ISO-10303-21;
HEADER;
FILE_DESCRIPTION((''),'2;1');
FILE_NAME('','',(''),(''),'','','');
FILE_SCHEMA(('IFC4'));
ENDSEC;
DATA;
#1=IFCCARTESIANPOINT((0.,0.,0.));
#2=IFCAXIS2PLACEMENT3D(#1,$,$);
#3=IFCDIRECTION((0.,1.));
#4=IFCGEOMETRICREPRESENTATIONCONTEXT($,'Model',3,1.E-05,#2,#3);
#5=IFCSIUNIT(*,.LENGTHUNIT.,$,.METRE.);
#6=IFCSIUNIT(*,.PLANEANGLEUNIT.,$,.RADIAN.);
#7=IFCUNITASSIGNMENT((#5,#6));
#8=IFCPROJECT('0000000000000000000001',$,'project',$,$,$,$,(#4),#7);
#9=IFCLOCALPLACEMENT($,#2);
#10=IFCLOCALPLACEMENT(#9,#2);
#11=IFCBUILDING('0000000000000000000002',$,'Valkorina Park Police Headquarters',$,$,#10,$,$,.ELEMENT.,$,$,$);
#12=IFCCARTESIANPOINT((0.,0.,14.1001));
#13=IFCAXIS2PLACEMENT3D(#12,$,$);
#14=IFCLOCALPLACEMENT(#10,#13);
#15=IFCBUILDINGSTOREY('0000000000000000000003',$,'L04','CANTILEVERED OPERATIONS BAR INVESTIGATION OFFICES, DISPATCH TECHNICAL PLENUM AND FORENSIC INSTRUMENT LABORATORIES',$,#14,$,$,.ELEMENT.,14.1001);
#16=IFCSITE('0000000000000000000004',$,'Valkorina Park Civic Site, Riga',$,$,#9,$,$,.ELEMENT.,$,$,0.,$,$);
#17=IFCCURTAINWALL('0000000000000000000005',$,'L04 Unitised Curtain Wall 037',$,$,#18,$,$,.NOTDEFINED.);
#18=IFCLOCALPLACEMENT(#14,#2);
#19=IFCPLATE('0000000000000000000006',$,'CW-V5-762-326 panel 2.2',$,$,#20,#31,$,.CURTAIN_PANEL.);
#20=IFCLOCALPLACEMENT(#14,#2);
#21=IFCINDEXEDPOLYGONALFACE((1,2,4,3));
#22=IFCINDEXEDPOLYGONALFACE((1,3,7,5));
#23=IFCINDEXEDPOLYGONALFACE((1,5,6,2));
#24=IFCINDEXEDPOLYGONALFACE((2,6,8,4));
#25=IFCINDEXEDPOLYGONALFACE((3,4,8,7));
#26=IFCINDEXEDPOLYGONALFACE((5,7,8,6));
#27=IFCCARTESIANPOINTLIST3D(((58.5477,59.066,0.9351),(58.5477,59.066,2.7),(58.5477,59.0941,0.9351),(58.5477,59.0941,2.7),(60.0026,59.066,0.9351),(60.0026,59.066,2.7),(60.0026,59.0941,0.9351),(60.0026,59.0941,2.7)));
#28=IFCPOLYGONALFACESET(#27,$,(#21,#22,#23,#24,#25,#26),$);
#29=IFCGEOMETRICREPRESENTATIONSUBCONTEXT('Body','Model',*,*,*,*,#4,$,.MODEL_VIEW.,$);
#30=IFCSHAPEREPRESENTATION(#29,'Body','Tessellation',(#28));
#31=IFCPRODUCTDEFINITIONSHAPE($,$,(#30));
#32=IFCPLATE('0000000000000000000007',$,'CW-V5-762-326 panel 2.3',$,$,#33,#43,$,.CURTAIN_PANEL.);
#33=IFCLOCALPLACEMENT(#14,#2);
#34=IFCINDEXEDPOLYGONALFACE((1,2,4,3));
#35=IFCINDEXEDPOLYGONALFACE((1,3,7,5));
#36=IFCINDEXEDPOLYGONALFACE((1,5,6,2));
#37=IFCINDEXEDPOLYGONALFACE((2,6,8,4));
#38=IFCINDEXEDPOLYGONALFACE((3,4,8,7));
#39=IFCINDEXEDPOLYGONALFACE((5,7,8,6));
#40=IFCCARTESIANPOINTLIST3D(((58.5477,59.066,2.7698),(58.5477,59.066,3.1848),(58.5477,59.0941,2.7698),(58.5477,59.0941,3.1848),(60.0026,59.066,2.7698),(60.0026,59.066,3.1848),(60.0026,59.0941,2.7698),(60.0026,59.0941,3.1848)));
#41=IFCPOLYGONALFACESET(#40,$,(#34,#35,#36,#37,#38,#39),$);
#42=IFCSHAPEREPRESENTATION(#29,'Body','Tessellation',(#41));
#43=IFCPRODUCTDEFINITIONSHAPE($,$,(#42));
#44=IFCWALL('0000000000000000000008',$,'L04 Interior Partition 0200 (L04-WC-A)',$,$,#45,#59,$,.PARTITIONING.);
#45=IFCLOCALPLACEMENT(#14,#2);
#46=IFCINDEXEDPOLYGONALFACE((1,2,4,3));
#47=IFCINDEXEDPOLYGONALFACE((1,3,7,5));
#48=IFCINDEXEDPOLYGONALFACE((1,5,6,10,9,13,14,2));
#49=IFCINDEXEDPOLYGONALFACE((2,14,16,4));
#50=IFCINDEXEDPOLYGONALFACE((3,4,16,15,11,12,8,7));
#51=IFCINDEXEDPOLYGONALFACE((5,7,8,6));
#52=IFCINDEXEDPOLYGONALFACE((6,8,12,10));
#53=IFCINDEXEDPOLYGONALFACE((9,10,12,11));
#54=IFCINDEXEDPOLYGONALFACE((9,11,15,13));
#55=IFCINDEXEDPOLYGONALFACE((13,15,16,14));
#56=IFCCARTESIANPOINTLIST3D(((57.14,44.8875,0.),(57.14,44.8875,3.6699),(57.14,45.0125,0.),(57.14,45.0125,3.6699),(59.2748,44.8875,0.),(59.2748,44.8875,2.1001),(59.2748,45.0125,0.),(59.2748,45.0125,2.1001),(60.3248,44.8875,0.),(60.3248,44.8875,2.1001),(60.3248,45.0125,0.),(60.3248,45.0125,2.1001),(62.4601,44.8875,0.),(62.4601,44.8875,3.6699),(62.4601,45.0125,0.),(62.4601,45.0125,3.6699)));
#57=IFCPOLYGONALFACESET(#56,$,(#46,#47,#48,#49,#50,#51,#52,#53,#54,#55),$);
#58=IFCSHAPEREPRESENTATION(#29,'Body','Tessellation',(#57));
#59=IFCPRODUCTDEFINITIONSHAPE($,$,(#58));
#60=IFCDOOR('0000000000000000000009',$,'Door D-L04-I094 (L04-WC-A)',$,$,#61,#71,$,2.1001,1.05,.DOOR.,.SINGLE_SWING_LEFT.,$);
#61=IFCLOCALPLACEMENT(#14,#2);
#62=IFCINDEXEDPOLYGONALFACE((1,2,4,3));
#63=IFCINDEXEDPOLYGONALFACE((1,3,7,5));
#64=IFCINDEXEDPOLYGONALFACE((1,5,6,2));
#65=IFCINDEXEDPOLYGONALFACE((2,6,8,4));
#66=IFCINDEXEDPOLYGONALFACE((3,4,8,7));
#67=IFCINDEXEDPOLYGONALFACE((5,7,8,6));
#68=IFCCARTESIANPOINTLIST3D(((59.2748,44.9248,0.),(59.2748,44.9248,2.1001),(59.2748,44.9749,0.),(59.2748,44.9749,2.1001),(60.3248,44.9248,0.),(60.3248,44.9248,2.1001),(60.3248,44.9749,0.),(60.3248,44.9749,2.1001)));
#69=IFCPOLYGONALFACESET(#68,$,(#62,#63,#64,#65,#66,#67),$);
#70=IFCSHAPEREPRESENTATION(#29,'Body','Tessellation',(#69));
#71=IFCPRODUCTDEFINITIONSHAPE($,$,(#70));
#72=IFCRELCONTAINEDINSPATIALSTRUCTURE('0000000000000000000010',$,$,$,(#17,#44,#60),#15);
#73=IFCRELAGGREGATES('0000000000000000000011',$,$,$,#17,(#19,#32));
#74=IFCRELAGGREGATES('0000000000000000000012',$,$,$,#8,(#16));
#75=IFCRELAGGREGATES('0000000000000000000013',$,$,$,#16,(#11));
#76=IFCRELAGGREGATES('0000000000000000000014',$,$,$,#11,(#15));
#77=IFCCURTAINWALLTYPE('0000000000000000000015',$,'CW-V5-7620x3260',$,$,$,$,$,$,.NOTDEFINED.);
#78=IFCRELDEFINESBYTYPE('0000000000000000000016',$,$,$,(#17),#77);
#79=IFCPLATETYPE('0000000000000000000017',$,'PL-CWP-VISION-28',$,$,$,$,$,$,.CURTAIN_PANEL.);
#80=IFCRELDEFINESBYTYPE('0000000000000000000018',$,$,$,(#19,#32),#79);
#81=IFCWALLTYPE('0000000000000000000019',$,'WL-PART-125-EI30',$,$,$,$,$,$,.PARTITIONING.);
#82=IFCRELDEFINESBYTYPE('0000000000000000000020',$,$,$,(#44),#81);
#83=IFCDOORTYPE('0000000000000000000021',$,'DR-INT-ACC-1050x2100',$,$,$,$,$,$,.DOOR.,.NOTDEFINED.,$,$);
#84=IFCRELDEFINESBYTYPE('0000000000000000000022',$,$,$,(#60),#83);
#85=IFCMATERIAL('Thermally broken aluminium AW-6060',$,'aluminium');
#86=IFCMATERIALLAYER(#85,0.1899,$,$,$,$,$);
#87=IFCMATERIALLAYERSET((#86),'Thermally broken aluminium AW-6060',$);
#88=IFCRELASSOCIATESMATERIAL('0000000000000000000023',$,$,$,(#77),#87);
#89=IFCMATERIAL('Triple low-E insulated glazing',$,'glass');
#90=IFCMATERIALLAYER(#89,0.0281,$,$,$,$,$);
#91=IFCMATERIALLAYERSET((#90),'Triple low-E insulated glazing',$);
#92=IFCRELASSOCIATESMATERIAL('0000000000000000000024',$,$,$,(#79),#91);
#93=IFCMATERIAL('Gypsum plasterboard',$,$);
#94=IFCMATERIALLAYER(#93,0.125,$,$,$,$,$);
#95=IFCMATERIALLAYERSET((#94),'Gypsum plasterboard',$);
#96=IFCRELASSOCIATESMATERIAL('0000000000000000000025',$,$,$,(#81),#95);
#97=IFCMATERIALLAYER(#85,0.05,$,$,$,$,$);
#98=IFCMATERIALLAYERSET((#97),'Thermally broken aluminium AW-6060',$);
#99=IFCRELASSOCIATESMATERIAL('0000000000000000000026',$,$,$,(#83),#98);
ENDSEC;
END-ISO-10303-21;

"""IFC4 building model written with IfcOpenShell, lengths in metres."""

from ifc_helpers import new_model, si_unit, direction, frame, frame_2d, origin, origin_2d, place, context, subcontext, project, spatial, rectangle, extrude, material, layer, layer_set, type_object, element, fill, aggregate, save


model = new_model("IFC4")

# Units and contexts
model_context = context("Model", 3, precision=1e-05, world=origin(), true_north=direction((0.0, 1.0)))
body_context = subcontext(model_context, "Body", "Model", "MODEL_VIEW")
ifc_project = project(units=[si_unit("LENGTHUNIT", "METRE"), si_unit("PLANEANGLEUNIT", "RADIAN")], contexts=[model_context])

# Site, building, storey
site_placement = place(None, origin())
site = spatial("IfcSite", under=ifc_project, at=site_placement, Name="Valkorina Park Civic Site, Riga", CompositionType="ELEMENT", RefElevation=0.0)
building_placement = place(site_placement, origin())
building = spatial("IfcBuilding", under=site, at=building_placement, Name="Valkorina Park Police Headquarters", CompositionType="ELEMENT")
storey_placement = place(building_placement, frame((0.0, 0.0, 14.1001)))
storey = spatial("IfcBuildingStorey", under=building, at=storey_placement, Name="L04", Description="CANTILEVERED OPERATIONS BAR INVESTIGATION OFFICES, DISPATCH TECHNICAL PLENUM AND FORENSIC INSTRUMENT LABORATORIES", CompositionType="ELEMENT", Elevation=14.1001)

# Curtain wall, plates
ifc_material_1 = material(Name="Thermally broken aluminium AW-6060", Category="aluminium")
ifc_layer_1 = layer(ifc_material_1, 0.1899)
ifc_layer_set_1 = layer_set([ifc_layer_1], Name="Thermally broken aluminium AW-6060")
curtain_wall_type = type_object("IfcCurtainWallType", Name="CW-V5-7620x3260", PredefinedType="NOTDEFINED", material=ifc_layer_set_1)
curtain_wall_placement = place(storey_placement, origin())
curtain_wall = element("IfcCurtainWall", 1, at=curtain_wall_placement, inside=storey, type_object=curtain_wall_type, Name="L04 Unitised Curtain Wall 037", PredefinedType="NOTDEFINED")
ifc_material_2 = material(Name="Triple low-E insulated glazing", Category="glass")
ifc_layer_2 = layer(ifc_material_2, 0.0281)
ifc_layer_set_2 = layer_set([ifc_layer_2], Name="Triple low-E insulated glazing")
plate_type_1 = type_object("IfcPlateType", Name="PL-CWP-VISION-28", PredefinedType="CURTAIN_PANEL", material=ifc_layer_set_2)
plate_1_placement = place(storey_placement, frame((59.2751, 59.0801, 0.9351), z_axis=(0.0, 0.0, 1.0), x_axis=(1.0, 0.0, 0.0)))
plate_1 = element("IfcPlate", 2, at=plate_1_placement, type_object=plate_type_1, Name="CW-V5-762-326 panel 2.2", PredefinedType="CURTAIN_PANEL", context=body_context, shape_type="SweptSolid", body=[
    extrude(rectangle(XDim=1.4548, YDim=0.0281, at=origin_2d()), origin(), (0.0, 0.0, 1.0), 1.7649),
])
plate_2_placement = place(storey_placement, frame((59.2751, 59.0801, 2.7698), z_axis=(0.0, 0.0, 1.0), x_axis=(1.0, 0.0, 0.0)))
plate_2 = element("IfcPlate", 3, at=plate_2_placement, type_object=plate_type_1, Name="CW-V5-762-326 panel 2.3", PredefinedType="CURTAIN_PANEL", context=body_context, shape_type="SweptSolid", body=[
    extrude(rectangle(XDim=1.4548, YDim=0.0281, at=origin_2d()), origin(), (0.0, 0.0, 1.0), 0.415),
])
aggregate(curtain_wall, [plate_1, plate_2])

# Wall, opening, door
ifc_material_3 = material(Name="Gypsum plasterboard")
ifc_layer_3 = layer(ifc_material_3, 0.125)
ifc_layer_set_3 = layer_set([ifc_layer_3], Name="Gypsum plasterboard")
wall_type = type_object("IfcWallType", Name="WL-PART-125-EI30", PredefinedType="PARTITIONING", material=ifc_layer_set_3)
wall_placement = place(storey_placement, frame((57.1399, 44.95, 0.0), z_axis=(0.0, 0.0, 1.0), x_axis=(1.0, 0.0, 0.0)))
wall = element("IfcWall", 4, at=wall_placement, inside=storey, type_object=wall_type, Name="L04 Interior Partition 0200 (L04-WC-A)", PredefinedType="PARTITIONING", context=body_context, shape_type="SweptSolid", body=[
    extrude(rectangle(XDim=5.3201, YDim=0.125, at=frame_2d((2.6602, 0.0))), origin(), (0.0, 0.0, 1.0), 3.6699),
])
opening_placement = place(wall_placement, frame((2.135, 0.0, 0.0)))
opening = element("IfcOpeningElement", 5, at=opening_placement, cuts=wall, PredefinedType="OPENING", context=body_context, shape_type="SweptSolid", body=[
    extrude(rectangle(XDim=1.05, YDim=2.1001, at=frame_2d((0.5249, 1.05))), frame((0.0, 0.0725, 0.0), z_axis=(0.0, -1.0, 0.0), x_axis=(1.0, 0.0, 0.0)), (0.0, 0.0, 1.0), 0.145),
])
ifc_layer_4 = layer(ifc_material_1, 0.05)
ifc_layer_set_4 = layer_set([ifc_layer_4], Name="Thermally broken aluminium AW-6060")
door_type = type_object("IfcDoorType", Name="DR-INT-ACC-1050x2100", OperationType="NOTDEFINED", PredefinedType="DOOR", material=ifc_layer_set_4)
door_placement = place(opening_placement, origin())
door = element("IfcDoor", 6, at=door_placement, inside=storey, type_object=door_type, Name="Door D-L04-I094 (L04-WC-A)", OperationType="SINGLE_SWING_LEFT", OverallHeight=2.1001, OverallWidth=1.05, PredefinedType="DOOR", context=body_context, shape_type="SweptSolid", body=[
    extrude(rectangle(XDim=1.05, YDim=2.1001, at=frame_2d((0.5249, 1.05))), frame((0.0, 0.0249, 0.0), z_axis=(0.0, -1.0, 0.0), x_axis=(1.0, 0.0, 0.0)), (0.0, 0.0, 1.0), 0.05),
])
fill(opening, door)

save(model, "model.ifc")
